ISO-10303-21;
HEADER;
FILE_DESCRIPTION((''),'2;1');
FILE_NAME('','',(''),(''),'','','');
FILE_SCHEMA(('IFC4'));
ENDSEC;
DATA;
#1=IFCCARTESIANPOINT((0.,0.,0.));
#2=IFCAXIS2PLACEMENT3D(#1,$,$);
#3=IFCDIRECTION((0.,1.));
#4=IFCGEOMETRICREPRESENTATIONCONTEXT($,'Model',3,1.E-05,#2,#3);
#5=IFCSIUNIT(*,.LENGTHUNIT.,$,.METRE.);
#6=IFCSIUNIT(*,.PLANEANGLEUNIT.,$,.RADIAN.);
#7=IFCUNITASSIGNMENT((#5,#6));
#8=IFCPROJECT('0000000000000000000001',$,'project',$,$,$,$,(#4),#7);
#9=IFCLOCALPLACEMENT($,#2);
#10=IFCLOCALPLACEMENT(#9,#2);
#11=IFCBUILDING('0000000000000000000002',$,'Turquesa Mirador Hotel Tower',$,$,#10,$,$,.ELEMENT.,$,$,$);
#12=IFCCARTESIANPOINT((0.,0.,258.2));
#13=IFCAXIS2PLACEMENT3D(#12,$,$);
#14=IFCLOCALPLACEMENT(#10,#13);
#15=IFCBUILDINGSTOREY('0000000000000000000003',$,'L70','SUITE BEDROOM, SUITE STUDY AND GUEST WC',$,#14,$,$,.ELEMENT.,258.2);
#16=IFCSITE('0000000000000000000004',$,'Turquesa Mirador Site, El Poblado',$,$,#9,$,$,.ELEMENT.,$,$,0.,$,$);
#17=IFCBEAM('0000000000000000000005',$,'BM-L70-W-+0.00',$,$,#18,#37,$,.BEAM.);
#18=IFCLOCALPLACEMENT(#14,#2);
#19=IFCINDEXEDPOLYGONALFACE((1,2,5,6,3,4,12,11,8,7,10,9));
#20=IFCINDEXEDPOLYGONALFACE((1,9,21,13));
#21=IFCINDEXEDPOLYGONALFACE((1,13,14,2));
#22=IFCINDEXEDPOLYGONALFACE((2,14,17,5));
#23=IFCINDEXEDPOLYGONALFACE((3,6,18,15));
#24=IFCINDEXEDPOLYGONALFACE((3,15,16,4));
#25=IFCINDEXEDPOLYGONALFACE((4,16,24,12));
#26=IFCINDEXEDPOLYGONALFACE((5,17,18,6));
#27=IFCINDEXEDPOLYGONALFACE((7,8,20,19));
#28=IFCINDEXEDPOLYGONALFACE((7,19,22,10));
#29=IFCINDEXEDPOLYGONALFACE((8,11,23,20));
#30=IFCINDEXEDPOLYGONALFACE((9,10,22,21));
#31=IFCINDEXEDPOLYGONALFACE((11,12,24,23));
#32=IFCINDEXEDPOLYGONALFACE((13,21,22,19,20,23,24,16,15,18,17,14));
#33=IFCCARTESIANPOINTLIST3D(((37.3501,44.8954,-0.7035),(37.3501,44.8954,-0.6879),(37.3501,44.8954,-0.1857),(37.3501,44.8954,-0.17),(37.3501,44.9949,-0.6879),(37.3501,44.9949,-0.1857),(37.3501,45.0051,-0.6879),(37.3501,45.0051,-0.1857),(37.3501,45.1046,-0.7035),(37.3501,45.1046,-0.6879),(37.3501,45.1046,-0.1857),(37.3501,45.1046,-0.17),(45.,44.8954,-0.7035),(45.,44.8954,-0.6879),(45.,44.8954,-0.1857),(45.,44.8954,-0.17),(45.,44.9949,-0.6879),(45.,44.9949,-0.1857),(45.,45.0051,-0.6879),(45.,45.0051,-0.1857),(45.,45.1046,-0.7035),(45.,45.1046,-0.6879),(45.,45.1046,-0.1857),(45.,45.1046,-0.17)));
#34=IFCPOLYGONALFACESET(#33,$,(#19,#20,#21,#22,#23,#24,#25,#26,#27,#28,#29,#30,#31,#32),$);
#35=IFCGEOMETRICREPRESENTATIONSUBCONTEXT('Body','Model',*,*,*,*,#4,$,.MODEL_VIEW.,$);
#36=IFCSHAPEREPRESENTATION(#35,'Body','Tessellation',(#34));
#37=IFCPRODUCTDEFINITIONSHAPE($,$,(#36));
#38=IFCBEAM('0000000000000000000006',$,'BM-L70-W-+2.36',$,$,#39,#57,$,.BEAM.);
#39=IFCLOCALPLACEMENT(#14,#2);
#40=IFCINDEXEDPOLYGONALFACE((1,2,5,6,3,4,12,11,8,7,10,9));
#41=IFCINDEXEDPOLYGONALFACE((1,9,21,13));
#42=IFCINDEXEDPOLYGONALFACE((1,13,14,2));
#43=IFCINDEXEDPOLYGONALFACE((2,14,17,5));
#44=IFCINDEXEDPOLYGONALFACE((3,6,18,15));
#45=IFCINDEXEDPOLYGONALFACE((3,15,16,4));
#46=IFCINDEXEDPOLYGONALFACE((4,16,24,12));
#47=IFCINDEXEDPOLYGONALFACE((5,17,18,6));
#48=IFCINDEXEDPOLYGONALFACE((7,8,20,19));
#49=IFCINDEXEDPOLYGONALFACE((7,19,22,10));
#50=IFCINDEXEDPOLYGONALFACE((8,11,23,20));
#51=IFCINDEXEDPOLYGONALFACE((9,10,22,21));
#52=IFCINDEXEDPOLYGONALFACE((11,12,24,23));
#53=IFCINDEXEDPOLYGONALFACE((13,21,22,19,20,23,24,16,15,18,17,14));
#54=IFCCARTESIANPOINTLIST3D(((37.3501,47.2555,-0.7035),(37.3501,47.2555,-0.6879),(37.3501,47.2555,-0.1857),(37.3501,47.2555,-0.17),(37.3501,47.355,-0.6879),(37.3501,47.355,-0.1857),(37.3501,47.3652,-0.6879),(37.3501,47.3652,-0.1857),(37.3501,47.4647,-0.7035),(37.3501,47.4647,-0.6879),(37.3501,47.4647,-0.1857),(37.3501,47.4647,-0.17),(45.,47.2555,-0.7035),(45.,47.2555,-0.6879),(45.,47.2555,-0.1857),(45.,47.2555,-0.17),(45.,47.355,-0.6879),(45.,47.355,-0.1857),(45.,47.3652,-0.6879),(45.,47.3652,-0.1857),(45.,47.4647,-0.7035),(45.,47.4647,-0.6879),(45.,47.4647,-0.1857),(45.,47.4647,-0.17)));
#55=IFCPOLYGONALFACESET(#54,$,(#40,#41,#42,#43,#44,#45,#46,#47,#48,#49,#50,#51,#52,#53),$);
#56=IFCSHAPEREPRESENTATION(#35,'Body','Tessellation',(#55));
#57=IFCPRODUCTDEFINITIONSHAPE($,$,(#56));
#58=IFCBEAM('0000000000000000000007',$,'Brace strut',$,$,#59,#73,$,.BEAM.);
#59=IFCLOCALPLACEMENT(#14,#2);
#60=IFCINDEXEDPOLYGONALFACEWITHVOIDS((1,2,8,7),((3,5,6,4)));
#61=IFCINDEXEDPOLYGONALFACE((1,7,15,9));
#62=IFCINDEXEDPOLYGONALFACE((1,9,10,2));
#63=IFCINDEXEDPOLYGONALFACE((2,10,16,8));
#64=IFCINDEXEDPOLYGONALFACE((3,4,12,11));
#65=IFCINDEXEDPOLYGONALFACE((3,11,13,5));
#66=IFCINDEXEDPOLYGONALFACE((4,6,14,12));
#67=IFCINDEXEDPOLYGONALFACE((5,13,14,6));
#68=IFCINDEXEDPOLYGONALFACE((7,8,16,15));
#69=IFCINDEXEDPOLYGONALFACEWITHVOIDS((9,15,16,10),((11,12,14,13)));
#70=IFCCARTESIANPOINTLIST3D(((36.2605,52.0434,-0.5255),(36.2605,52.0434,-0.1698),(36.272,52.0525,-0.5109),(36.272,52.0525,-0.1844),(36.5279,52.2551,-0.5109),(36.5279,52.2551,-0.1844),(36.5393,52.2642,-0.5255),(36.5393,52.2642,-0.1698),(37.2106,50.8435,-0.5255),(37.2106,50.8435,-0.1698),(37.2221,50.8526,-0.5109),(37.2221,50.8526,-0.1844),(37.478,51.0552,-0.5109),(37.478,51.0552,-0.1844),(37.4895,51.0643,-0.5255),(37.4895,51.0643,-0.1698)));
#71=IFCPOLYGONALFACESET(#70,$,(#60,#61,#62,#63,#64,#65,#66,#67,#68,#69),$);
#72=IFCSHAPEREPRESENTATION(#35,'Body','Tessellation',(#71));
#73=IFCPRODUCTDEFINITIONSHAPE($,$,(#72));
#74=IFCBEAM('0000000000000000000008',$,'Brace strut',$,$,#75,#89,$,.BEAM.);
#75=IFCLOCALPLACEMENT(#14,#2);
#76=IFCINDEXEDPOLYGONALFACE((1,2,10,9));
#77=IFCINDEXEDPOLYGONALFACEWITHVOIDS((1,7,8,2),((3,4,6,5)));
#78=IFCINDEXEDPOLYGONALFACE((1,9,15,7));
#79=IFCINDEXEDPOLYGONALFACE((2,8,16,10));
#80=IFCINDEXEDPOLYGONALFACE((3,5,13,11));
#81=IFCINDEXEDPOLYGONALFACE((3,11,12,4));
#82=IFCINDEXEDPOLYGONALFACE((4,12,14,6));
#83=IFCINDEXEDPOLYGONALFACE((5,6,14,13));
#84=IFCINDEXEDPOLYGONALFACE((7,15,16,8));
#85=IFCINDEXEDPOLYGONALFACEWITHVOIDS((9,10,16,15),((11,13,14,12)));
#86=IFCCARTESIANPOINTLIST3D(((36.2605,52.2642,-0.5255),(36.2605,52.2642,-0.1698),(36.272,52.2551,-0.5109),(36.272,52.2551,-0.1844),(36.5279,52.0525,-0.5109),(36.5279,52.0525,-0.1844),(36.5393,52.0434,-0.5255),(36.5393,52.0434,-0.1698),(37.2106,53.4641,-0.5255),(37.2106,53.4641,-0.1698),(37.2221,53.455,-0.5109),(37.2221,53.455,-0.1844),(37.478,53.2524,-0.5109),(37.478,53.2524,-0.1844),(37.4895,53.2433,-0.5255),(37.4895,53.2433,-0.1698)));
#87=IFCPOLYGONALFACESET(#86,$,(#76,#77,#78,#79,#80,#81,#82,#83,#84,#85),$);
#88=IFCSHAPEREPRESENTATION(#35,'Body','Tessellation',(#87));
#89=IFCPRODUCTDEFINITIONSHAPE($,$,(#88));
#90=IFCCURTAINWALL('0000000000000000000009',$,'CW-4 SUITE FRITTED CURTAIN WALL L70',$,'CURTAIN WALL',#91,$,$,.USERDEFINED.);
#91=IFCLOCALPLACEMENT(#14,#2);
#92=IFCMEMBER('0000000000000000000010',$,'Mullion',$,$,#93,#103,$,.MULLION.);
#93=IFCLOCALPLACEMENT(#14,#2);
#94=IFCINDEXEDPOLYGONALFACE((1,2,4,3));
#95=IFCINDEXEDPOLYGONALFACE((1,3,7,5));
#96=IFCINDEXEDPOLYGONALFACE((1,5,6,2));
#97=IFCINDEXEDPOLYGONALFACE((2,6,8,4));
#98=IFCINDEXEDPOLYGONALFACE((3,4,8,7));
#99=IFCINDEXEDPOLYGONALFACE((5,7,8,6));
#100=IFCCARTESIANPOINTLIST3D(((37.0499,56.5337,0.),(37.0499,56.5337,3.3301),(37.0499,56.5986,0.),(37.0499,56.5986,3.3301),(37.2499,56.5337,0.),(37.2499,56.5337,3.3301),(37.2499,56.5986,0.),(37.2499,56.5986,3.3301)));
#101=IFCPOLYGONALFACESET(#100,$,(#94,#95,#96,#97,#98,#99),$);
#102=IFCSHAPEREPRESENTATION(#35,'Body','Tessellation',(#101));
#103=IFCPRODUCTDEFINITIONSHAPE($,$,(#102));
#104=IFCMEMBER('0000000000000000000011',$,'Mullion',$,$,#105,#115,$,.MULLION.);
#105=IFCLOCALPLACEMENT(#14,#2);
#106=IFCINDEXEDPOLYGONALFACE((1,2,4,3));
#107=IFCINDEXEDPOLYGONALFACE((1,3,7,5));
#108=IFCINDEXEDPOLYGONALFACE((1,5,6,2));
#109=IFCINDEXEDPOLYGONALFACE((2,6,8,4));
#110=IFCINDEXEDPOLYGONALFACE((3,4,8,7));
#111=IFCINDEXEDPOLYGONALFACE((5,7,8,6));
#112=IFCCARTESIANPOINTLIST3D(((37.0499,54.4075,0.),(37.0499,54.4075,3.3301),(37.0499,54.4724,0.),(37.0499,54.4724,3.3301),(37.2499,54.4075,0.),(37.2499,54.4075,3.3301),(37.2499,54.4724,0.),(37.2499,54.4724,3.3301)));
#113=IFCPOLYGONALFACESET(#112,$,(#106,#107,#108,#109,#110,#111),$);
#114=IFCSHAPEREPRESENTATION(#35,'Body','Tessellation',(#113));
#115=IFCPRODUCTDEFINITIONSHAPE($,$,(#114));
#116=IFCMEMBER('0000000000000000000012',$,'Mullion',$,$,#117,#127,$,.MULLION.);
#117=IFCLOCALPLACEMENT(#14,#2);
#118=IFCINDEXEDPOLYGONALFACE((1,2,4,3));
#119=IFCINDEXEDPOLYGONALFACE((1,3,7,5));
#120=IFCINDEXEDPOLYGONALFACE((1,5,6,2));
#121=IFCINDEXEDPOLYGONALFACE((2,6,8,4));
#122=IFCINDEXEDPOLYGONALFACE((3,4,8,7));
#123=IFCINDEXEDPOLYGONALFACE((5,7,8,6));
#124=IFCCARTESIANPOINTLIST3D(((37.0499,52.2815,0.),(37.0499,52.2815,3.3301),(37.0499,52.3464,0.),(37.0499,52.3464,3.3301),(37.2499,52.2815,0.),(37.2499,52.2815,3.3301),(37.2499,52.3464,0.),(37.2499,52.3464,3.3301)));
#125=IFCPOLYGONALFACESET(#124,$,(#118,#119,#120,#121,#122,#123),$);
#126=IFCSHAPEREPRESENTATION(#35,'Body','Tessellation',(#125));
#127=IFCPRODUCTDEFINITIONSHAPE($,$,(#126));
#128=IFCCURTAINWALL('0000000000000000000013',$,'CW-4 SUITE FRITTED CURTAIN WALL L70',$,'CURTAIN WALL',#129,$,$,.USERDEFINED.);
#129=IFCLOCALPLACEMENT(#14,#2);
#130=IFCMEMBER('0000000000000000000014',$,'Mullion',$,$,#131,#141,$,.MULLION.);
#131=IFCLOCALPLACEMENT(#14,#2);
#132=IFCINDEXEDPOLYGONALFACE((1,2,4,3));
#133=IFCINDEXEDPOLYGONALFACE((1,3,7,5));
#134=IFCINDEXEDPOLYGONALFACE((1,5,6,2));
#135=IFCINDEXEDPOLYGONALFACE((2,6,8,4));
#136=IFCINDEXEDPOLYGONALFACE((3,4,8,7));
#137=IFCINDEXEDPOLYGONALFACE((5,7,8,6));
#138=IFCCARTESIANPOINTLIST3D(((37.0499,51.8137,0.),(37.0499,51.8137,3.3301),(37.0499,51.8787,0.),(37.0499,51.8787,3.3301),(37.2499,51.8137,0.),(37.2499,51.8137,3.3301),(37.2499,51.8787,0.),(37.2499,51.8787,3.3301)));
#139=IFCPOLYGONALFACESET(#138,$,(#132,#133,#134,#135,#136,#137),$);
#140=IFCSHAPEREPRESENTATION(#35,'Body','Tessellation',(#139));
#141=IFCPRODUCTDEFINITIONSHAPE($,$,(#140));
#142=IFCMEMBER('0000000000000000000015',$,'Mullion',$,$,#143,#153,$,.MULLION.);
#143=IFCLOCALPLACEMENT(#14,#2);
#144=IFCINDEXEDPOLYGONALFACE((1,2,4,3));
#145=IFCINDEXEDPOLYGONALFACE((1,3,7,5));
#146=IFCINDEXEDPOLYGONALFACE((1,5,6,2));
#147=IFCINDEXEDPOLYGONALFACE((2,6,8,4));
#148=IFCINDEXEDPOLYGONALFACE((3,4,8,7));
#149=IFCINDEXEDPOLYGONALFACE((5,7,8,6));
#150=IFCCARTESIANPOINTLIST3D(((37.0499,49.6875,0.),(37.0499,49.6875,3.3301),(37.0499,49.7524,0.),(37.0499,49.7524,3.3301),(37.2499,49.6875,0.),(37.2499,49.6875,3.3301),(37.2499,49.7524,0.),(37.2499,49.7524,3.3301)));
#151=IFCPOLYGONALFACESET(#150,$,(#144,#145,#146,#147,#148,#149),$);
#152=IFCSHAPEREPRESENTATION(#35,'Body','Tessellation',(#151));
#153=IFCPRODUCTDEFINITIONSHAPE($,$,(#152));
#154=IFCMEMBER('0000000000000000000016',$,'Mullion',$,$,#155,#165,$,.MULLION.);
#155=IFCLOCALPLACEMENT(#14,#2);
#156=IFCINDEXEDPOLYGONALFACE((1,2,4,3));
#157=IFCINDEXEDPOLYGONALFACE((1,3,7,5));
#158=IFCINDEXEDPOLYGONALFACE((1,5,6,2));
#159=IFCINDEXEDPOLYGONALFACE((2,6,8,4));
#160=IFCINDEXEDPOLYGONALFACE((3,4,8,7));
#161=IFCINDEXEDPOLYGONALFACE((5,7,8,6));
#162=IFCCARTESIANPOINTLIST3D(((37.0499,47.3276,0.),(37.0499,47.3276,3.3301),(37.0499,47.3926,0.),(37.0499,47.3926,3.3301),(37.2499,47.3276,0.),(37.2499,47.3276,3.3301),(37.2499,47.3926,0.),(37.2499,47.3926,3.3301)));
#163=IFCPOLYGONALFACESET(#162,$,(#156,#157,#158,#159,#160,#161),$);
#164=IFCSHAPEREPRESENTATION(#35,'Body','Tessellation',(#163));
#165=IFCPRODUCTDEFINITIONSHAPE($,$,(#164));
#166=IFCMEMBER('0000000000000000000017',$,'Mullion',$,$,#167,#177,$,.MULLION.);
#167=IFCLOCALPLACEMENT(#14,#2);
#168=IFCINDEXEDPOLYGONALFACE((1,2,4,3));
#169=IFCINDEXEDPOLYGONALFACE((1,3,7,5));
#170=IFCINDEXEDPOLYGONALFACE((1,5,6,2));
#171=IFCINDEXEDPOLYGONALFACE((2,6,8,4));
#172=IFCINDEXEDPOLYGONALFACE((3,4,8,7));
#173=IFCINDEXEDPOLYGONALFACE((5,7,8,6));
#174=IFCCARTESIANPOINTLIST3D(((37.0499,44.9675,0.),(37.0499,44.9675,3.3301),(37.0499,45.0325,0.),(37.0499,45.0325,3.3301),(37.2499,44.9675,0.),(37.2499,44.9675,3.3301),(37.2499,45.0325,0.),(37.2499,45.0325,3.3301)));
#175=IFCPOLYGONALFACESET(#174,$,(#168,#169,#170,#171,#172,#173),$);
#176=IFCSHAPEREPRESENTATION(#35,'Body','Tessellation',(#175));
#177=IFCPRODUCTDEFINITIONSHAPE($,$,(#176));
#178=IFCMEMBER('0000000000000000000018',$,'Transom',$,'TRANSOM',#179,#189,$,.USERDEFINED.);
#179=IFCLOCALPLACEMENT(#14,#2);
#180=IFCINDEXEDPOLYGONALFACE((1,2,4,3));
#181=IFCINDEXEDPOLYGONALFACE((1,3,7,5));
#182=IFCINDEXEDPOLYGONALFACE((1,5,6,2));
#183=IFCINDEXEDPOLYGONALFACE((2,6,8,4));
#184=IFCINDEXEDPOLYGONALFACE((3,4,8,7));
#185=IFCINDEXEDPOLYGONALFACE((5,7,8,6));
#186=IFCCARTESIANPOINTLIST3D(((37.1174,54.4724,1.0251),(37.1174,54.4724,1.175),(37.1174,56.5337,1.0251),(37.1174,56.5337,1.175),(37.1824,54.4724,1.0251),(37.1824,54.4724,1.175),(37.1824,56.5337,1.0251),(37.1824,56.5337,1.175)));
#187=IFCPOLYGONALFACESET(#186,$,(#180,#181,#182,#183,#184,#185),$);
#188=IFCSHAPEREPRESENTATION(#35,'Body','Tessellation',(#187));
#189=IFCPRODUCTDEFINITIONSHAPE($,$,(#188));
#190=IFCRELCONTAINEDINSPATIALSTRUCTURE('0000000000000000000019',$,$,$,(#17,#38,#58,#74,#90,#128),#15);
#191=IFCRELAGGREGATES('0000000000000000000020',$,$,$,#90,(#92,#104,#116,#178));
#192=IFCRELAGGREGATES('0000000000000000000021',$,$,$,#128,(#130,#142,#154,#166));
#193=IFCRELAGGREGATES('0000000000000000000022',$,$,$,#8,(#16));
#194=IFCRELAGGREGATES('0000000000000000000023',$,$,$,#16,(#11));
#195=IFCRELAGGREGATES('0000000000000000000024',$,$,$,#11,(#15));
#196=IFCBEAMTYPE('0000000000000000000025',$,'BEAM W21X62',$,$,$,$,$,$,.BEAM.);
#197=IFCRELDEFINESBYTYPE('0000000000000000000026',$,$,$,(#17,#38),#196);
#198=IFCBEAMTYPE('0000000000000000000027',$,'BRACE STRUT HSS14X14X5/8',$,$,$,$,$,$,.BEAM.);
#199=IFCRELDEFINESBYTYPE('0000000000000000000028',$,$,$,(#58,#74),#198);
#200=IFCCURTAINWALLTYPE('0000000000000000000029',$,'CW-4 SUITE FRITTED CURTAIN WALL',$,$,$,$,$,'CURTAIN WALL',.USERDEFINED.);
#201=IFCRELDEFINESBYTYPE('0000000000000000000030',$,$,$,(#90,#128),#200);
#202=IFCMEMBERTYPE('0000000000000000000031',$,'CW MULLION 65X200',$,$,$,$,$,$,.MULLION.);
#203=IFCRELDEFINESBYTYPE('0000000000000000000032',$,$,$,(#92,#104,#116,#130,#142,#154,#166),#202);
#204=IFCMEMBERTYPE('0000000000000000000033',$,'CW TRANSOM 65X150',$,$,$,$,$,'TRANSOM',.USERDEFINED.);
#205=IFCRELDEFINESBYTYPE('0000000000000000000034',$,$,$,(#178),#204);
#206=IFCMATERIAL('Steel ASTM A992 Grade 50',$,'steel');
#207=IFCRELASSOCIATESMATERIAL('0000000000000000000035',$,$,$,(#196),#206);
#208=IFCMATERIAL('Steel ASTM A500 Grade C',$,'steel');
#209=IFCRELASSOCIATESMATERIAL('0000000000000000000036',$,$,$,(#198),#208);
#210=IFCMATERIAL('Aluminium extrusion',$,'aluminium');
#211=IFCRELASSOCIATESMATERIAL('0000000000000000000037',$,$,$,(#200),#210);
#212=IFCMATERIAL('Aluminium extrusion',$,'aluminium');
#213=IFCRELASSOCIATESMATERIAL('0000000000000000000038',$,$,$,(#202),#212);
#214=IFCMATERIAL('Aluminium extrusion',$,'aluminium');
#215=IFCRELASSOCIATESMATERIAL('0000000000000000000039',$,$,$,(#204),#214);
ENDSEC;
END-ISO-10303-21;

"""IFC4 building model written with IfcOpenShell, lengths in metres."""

from ifc_helpers import new_model, si_unit, direction, frame, origin, origin_2d, place, context, subcontext, project, spatial, rectangle, hollow_rectangle, i_section, extrude, material, material_profile, profile_set, type_object, element, aggregate, save


model = new_model("IFC4")

# Units and contexts
model_context = context("Model", 3, precision=1e-05, world=origin(), true_north=direction((0.0, 1.0)))
body_context = subcontext(model_context, "Body", "Model", "MODEL_VIEW")
ifc_project = project(units=[si_unit("LENGTHUNIT", "METRE"), si_unit("PLANEANGLEUNIT", "RADIAN")], contexts=[model_context])

# Site, building, storey
site_placement = place(None, origin())
site = spatial("IfcSite", under=ifc_project, at=site_placement, Name="Turquesa Mirador Site, El Poblado", CompositionType="ELEMENT", RefElevation=0.0)
building_placement = place(site_placement, origin())
building = spatial("IfcBuilding", under=site, at=building_placement, Name="Turquesa Mirador Hotel Tower", CompositionType="ELEMENT")
storey_placement = place(building_placement, frame((0.0, 0.0, 258.2)))
storey = spatial("IfcBuildingStorey", under=building, at=storey_placement, Name="L70", Description="SUITE BEDROOM, SUITE STUDY AND GUEST WC", CompositionType="ELEMENT", Elevation=258.2)

# Beams
ifc_material_1 = material(Name="Steel ASTM A992 Grade 50", Category="steel")
ifc_material_profile_1 = material_profile(ifc_material_1, i_section(OverallWidth=0.2092, OverallDepth=0.5334, WebThickness=0.0103, FlangeThickness=0.0156, at=origin_2d()), Name="W21X62")
ifc_profile_set_1 = profile_set([ifc_material_profile_1], Name="Steel ASTM A992 Grade 50")
beam_type_1 = type_object("IfcBeamType", Name="BEAM W21X62", PredefinedType="BEAM", material=ifc_profile_set_1)
for number, where, z_axis, x_axis, name in (
    (1, (37.3501, 45.0, -0.4368), (1.0, 0.0, 0.0), (0.0, 1.0, 0.0), "BM-L70-W-+0.00"),
    (2, (37.3501, 47.3601, -0.4368), (1.0, 0.0, 0.0), (0.0, 1.0, 0.0), "BM-L70-W-+2.36"),
):
    element("IfcBeam", number, at=place(storey_placement, frame(where, z_axis=z_axis, x_axis=x_axis)), inside=storey, type_object=beam_type_1, Name=name, PredefinedType="BEAM", context=body_context, shape_type="SweptSolid", body=[
        extrude(i_section(OverallWidth=0.2092, OverallDepth=0.5334, WebThickness=0.0103, FlangeThickness=0.0156, at=origin_2d()), origin(), (0.0, 0.0, 1.0), 7.6499),
    ])
ifc_material_2 = material(Name="Steel ASTM A500 Grade C", Category="steel")
ifc_material_profile_2 = material_profile(ifc_material_2, hollow_rectangle(XDim=0.3557, YDim=0.3557, WallThickness=0.0146, at=origin_2d()), Name="HSS14X14X5/8")
ifc_profile_set_2 = profile_set([ifc_material_profile_2], Name="Steel ASTM A500 Grade C")
beam_type_2 = type_object("IfcBeamType", Name="BRACE STRUT HSS14X14X5/8", PredefinedType="BEAM", material=ifc_profile_set_2)
for number, where, z_axis, x_axis, name in (
    (3, (36.3999, 52.1538, -0.3477), (0.620797, -0.783971, 0.0), (0.783971, 0.620797, 0.0), "Brace strut"),
    (4, (36.3999, 52.1538, -0.3477), (0.620797, 0.783971, 0.0), (-0.783971, 0.620797, 0.0), "Brace strut"),
):
    element("IfcBeam", number, at=place(storey_placement, frame(where, z_axis=z_axis, x_axis=x_axis)), inside=storey, type_object=beam_type_2, Name=name, PredefinedType="BEAM", context=body_context, shape_type="SweptSolid", body=[
        extrude(hollow_rectangle(XDim=0.3557, YDim=0.3557, WallThickness=0.0146, at=origin_2d()), origin(), (0.0, 0.0, 1.0), 1.5305),
    ])

# Curtain walls, members
ifc_material_3 = material(Name="Aluminium extrusion", Category="aluminium")
curtain_wall_type = type_object("IfcCurtainWallType", Name="CW-4 SUITE FRITTED CURTAIN WALL", ElementType="CURTAIN WALL", PredefinedType="USERDEFINED", material=ifc_material_3)
curtain_wall_1_placement = place(storey_placement, origin())
curtain_wall_1 = element("IfcCurtainWall", 5, at=curtain_wall_1_placement, inside=storey, type_object=curtain_wall_type, Name="CW-4 SUITE FRITTED CURTAIN WALL L70", ObjectType="CURTAIN WALL", PredefinedType="USERDEFINED")
ifc_material_4 = material(Name="Aluminium extrusion", Category="aluminium")
ifc_material_profile_3 = material_profile(ifc_material_4, rectangle(XDim=0.0649, YDim=0.2, at=origin_2d()), Name="MULLION 65X200")
ifc_profile_set_3 = profile_set([ifc_material_profile_3], Name="Aluminium extrusion")
member_type_1 = type_object("IfcMemberType", Name="CW MULLION 65X200", PredefinedType="MULLION", material=ifc_profile_set_3)
member_1_placement = place(storey_placement, frame((37.1499, 56.5662, 0.0), z_axis=(0.0, 0.0, 1.0), x_axis=(0.0, -1.0, 0.0)))
member_1 = element("IfcMember", 6, at=member_1_placement, type_object=member_type_1, Name="Mullion", PredefinedType="MULLION", context=body_context, shape_type="SweptSolid", body=[
    extrude(rectangle(XDim=0.0649, YDim=0.2, at=origin_2d()), origin(), (0.0, 0.0, 1.0), 3.3301),
])
member_2_placement = place(storey_placement, frame((37.1499, 54.4399, 0.0), z_axis=(0.0, 0.0, 1.0), x_axis=(0.0, -1.0, 0.0)))
member_2 = element("IfcMember", 7, at=member_2_placement, type_object=member_type_1, Name="Mullion", PredefinedType="MULLION", context=body_context, shape_type="SweptSolid", body=[
    extrude(rectangle(XDim=0.0649, YDim=0.2, at=origin_2d()), origin(), (0.0, 0.0, 1.0), 3.3301),
])
member_3_placement = place(storey_placement, frame((37.1499, 52.314, 0.0), z_axis=(0.0, 0.0, 1.0), x_axis=(0.0, -1.0, 0.0)))
member_3 = element("IfcMember", 8, at=member_3_placement, type_object=member_type_1, Name="Mullion", PredefinedType="MULLION", context=body_context, shape_type="SweptSolid", body=[
    extrude(rectangle(XDim=0.0649, YDim=0.2, at=origin_2d()), origin(), (0.0, 0.0, 1.0), 3.3301),
])
curtain_wall_2_placement = place(storey_placement, origin())
curtain_wall_2 = element("IfcCurtainWall", 9, at=curtain_wall_2_placement, inside=storey, type_object=curtain_wall_type, Name="CW-4 SUITE FRITTED CURTAIN WALL L70", ObjectType="CURTAIN WALL", PredefinedType="USERDEFINED")
member_4_placement = place(storey_placement, frame((37.1499, 51.8462, 0.0), z_axis=(0.0, 0.0, 1.0), x_axis=(0.0, -1.0, 0.0)))
member_4 = element("IfcMember", 10, at=member_4_placement, type_object=member_type_1, Name="Mullion", PredefinedType="MULLION", context=body_context, shape_type="SweptSolid", body=[
    extrude(rectangle(XDim=0.0649, YDim=0.2, at=origin_2d()), origin(), (0.0, 0.0, 1.0), 3.3301),
])
member_5_placement = place(storey_placement, frame((37.1499, 49.72, 0.0), z_axis=(0.0, 0.0, 1.0), x_axis=(0.0, -1.0, 0.0)))
member_5 = element("IfcMember", 11, at=member_5_placement, type_object=member_type_1, Name="Mullion", PredefinedType="MULLION", context=body_context, shape_type="SweptSolid", body=[
    extrude(rectangle(XDim=0.0649, YDim=0.2, at=origin_2d()), origin(), (0.0, 0.0, 1.0), 3.3301),
])
member_6_placement = place(storey_placement, frame((37.1499, 47.3601, 0.0), z_axis=(0.0, 0.0, 1.0), x_axis=(0.0, -1.0, 0.0)))
member_6 = element("IfcMember", 12, at=member_6_placement, type_object=member_type_1, Name="Mullion", PredefinedType="MULLION", context=body_context, shape_type="SweptSolid", body=[
    extrude(rectangle(XDim=0.0649, YDim=0.2, at=origin_2d()), origin(), (0.0, 0.0, 1.0), 3.3301),
])
member_7_placement = place(storey_placement, frame((37.1499, 45.0, 0.0), z_axis=(0.0, 0.0, 1.0), x_axis=(0.0, -1.0, 0.0)))
member_7 = element("IfcMember", 13, at=member_7_placement, type_object=member_type_1, Name="Mullion", PredefinedType="MULLION", context=body_context, shape_type="SweptSolid", body=[
    extrude(rectangle(XDim=0.0649, YDim=0.2, at=origin_2d()), origin(), (0.0, 0.0, 1.0), 3.3301),
])

# Member
ifc_material_5 = material(Name="Aluminium extrusion", Category="aluminium")
ifc_material_profile_4 = material_profile(ifc_material_5, rectangle(XDim=0.0649, YDim=0.1499, at=origin_2d()), Name="TRANSOM 65X150")
ifc_profile_set_4 = profile_set([ifc_material_profile_4], Name="Aluminium extrusion")
member_type_2 = type_object("IfcMemberType", Name="CW TRANSOM 65X150", ElementType="TRANSOM", PredefinedType="USERDEFINED", material=ifc_profile_set_4)
member_8_placement = place(storey_placement, frame((37.1499, 56.5337, 1.1001), z_axis=(0.0, -1.0, 0.0), x_axis=(1.0, 0.0, 0.0)))
member_8 = element("IfcMember", 14, at=member_8_placement, type_object=member_type_2, Name="Transom", ObjectType="TRANSOM", PredefinedType="USERDEFINED", context=body_context, shape_type="SweptSolid", body=[
    extrude(rectangle(XDim=0.0649, YDim=0.1499, at=origin_2d()), origin(), (0.0, 0.0, 1.0), 2.0613),
])

aggregate(curtain_wall_1, [member_1, member_2, member_3, member_8])
aggregate(curtain_wall_2, [member_4, member_5, member_6, member_7])

save(model, "model.ifc")
